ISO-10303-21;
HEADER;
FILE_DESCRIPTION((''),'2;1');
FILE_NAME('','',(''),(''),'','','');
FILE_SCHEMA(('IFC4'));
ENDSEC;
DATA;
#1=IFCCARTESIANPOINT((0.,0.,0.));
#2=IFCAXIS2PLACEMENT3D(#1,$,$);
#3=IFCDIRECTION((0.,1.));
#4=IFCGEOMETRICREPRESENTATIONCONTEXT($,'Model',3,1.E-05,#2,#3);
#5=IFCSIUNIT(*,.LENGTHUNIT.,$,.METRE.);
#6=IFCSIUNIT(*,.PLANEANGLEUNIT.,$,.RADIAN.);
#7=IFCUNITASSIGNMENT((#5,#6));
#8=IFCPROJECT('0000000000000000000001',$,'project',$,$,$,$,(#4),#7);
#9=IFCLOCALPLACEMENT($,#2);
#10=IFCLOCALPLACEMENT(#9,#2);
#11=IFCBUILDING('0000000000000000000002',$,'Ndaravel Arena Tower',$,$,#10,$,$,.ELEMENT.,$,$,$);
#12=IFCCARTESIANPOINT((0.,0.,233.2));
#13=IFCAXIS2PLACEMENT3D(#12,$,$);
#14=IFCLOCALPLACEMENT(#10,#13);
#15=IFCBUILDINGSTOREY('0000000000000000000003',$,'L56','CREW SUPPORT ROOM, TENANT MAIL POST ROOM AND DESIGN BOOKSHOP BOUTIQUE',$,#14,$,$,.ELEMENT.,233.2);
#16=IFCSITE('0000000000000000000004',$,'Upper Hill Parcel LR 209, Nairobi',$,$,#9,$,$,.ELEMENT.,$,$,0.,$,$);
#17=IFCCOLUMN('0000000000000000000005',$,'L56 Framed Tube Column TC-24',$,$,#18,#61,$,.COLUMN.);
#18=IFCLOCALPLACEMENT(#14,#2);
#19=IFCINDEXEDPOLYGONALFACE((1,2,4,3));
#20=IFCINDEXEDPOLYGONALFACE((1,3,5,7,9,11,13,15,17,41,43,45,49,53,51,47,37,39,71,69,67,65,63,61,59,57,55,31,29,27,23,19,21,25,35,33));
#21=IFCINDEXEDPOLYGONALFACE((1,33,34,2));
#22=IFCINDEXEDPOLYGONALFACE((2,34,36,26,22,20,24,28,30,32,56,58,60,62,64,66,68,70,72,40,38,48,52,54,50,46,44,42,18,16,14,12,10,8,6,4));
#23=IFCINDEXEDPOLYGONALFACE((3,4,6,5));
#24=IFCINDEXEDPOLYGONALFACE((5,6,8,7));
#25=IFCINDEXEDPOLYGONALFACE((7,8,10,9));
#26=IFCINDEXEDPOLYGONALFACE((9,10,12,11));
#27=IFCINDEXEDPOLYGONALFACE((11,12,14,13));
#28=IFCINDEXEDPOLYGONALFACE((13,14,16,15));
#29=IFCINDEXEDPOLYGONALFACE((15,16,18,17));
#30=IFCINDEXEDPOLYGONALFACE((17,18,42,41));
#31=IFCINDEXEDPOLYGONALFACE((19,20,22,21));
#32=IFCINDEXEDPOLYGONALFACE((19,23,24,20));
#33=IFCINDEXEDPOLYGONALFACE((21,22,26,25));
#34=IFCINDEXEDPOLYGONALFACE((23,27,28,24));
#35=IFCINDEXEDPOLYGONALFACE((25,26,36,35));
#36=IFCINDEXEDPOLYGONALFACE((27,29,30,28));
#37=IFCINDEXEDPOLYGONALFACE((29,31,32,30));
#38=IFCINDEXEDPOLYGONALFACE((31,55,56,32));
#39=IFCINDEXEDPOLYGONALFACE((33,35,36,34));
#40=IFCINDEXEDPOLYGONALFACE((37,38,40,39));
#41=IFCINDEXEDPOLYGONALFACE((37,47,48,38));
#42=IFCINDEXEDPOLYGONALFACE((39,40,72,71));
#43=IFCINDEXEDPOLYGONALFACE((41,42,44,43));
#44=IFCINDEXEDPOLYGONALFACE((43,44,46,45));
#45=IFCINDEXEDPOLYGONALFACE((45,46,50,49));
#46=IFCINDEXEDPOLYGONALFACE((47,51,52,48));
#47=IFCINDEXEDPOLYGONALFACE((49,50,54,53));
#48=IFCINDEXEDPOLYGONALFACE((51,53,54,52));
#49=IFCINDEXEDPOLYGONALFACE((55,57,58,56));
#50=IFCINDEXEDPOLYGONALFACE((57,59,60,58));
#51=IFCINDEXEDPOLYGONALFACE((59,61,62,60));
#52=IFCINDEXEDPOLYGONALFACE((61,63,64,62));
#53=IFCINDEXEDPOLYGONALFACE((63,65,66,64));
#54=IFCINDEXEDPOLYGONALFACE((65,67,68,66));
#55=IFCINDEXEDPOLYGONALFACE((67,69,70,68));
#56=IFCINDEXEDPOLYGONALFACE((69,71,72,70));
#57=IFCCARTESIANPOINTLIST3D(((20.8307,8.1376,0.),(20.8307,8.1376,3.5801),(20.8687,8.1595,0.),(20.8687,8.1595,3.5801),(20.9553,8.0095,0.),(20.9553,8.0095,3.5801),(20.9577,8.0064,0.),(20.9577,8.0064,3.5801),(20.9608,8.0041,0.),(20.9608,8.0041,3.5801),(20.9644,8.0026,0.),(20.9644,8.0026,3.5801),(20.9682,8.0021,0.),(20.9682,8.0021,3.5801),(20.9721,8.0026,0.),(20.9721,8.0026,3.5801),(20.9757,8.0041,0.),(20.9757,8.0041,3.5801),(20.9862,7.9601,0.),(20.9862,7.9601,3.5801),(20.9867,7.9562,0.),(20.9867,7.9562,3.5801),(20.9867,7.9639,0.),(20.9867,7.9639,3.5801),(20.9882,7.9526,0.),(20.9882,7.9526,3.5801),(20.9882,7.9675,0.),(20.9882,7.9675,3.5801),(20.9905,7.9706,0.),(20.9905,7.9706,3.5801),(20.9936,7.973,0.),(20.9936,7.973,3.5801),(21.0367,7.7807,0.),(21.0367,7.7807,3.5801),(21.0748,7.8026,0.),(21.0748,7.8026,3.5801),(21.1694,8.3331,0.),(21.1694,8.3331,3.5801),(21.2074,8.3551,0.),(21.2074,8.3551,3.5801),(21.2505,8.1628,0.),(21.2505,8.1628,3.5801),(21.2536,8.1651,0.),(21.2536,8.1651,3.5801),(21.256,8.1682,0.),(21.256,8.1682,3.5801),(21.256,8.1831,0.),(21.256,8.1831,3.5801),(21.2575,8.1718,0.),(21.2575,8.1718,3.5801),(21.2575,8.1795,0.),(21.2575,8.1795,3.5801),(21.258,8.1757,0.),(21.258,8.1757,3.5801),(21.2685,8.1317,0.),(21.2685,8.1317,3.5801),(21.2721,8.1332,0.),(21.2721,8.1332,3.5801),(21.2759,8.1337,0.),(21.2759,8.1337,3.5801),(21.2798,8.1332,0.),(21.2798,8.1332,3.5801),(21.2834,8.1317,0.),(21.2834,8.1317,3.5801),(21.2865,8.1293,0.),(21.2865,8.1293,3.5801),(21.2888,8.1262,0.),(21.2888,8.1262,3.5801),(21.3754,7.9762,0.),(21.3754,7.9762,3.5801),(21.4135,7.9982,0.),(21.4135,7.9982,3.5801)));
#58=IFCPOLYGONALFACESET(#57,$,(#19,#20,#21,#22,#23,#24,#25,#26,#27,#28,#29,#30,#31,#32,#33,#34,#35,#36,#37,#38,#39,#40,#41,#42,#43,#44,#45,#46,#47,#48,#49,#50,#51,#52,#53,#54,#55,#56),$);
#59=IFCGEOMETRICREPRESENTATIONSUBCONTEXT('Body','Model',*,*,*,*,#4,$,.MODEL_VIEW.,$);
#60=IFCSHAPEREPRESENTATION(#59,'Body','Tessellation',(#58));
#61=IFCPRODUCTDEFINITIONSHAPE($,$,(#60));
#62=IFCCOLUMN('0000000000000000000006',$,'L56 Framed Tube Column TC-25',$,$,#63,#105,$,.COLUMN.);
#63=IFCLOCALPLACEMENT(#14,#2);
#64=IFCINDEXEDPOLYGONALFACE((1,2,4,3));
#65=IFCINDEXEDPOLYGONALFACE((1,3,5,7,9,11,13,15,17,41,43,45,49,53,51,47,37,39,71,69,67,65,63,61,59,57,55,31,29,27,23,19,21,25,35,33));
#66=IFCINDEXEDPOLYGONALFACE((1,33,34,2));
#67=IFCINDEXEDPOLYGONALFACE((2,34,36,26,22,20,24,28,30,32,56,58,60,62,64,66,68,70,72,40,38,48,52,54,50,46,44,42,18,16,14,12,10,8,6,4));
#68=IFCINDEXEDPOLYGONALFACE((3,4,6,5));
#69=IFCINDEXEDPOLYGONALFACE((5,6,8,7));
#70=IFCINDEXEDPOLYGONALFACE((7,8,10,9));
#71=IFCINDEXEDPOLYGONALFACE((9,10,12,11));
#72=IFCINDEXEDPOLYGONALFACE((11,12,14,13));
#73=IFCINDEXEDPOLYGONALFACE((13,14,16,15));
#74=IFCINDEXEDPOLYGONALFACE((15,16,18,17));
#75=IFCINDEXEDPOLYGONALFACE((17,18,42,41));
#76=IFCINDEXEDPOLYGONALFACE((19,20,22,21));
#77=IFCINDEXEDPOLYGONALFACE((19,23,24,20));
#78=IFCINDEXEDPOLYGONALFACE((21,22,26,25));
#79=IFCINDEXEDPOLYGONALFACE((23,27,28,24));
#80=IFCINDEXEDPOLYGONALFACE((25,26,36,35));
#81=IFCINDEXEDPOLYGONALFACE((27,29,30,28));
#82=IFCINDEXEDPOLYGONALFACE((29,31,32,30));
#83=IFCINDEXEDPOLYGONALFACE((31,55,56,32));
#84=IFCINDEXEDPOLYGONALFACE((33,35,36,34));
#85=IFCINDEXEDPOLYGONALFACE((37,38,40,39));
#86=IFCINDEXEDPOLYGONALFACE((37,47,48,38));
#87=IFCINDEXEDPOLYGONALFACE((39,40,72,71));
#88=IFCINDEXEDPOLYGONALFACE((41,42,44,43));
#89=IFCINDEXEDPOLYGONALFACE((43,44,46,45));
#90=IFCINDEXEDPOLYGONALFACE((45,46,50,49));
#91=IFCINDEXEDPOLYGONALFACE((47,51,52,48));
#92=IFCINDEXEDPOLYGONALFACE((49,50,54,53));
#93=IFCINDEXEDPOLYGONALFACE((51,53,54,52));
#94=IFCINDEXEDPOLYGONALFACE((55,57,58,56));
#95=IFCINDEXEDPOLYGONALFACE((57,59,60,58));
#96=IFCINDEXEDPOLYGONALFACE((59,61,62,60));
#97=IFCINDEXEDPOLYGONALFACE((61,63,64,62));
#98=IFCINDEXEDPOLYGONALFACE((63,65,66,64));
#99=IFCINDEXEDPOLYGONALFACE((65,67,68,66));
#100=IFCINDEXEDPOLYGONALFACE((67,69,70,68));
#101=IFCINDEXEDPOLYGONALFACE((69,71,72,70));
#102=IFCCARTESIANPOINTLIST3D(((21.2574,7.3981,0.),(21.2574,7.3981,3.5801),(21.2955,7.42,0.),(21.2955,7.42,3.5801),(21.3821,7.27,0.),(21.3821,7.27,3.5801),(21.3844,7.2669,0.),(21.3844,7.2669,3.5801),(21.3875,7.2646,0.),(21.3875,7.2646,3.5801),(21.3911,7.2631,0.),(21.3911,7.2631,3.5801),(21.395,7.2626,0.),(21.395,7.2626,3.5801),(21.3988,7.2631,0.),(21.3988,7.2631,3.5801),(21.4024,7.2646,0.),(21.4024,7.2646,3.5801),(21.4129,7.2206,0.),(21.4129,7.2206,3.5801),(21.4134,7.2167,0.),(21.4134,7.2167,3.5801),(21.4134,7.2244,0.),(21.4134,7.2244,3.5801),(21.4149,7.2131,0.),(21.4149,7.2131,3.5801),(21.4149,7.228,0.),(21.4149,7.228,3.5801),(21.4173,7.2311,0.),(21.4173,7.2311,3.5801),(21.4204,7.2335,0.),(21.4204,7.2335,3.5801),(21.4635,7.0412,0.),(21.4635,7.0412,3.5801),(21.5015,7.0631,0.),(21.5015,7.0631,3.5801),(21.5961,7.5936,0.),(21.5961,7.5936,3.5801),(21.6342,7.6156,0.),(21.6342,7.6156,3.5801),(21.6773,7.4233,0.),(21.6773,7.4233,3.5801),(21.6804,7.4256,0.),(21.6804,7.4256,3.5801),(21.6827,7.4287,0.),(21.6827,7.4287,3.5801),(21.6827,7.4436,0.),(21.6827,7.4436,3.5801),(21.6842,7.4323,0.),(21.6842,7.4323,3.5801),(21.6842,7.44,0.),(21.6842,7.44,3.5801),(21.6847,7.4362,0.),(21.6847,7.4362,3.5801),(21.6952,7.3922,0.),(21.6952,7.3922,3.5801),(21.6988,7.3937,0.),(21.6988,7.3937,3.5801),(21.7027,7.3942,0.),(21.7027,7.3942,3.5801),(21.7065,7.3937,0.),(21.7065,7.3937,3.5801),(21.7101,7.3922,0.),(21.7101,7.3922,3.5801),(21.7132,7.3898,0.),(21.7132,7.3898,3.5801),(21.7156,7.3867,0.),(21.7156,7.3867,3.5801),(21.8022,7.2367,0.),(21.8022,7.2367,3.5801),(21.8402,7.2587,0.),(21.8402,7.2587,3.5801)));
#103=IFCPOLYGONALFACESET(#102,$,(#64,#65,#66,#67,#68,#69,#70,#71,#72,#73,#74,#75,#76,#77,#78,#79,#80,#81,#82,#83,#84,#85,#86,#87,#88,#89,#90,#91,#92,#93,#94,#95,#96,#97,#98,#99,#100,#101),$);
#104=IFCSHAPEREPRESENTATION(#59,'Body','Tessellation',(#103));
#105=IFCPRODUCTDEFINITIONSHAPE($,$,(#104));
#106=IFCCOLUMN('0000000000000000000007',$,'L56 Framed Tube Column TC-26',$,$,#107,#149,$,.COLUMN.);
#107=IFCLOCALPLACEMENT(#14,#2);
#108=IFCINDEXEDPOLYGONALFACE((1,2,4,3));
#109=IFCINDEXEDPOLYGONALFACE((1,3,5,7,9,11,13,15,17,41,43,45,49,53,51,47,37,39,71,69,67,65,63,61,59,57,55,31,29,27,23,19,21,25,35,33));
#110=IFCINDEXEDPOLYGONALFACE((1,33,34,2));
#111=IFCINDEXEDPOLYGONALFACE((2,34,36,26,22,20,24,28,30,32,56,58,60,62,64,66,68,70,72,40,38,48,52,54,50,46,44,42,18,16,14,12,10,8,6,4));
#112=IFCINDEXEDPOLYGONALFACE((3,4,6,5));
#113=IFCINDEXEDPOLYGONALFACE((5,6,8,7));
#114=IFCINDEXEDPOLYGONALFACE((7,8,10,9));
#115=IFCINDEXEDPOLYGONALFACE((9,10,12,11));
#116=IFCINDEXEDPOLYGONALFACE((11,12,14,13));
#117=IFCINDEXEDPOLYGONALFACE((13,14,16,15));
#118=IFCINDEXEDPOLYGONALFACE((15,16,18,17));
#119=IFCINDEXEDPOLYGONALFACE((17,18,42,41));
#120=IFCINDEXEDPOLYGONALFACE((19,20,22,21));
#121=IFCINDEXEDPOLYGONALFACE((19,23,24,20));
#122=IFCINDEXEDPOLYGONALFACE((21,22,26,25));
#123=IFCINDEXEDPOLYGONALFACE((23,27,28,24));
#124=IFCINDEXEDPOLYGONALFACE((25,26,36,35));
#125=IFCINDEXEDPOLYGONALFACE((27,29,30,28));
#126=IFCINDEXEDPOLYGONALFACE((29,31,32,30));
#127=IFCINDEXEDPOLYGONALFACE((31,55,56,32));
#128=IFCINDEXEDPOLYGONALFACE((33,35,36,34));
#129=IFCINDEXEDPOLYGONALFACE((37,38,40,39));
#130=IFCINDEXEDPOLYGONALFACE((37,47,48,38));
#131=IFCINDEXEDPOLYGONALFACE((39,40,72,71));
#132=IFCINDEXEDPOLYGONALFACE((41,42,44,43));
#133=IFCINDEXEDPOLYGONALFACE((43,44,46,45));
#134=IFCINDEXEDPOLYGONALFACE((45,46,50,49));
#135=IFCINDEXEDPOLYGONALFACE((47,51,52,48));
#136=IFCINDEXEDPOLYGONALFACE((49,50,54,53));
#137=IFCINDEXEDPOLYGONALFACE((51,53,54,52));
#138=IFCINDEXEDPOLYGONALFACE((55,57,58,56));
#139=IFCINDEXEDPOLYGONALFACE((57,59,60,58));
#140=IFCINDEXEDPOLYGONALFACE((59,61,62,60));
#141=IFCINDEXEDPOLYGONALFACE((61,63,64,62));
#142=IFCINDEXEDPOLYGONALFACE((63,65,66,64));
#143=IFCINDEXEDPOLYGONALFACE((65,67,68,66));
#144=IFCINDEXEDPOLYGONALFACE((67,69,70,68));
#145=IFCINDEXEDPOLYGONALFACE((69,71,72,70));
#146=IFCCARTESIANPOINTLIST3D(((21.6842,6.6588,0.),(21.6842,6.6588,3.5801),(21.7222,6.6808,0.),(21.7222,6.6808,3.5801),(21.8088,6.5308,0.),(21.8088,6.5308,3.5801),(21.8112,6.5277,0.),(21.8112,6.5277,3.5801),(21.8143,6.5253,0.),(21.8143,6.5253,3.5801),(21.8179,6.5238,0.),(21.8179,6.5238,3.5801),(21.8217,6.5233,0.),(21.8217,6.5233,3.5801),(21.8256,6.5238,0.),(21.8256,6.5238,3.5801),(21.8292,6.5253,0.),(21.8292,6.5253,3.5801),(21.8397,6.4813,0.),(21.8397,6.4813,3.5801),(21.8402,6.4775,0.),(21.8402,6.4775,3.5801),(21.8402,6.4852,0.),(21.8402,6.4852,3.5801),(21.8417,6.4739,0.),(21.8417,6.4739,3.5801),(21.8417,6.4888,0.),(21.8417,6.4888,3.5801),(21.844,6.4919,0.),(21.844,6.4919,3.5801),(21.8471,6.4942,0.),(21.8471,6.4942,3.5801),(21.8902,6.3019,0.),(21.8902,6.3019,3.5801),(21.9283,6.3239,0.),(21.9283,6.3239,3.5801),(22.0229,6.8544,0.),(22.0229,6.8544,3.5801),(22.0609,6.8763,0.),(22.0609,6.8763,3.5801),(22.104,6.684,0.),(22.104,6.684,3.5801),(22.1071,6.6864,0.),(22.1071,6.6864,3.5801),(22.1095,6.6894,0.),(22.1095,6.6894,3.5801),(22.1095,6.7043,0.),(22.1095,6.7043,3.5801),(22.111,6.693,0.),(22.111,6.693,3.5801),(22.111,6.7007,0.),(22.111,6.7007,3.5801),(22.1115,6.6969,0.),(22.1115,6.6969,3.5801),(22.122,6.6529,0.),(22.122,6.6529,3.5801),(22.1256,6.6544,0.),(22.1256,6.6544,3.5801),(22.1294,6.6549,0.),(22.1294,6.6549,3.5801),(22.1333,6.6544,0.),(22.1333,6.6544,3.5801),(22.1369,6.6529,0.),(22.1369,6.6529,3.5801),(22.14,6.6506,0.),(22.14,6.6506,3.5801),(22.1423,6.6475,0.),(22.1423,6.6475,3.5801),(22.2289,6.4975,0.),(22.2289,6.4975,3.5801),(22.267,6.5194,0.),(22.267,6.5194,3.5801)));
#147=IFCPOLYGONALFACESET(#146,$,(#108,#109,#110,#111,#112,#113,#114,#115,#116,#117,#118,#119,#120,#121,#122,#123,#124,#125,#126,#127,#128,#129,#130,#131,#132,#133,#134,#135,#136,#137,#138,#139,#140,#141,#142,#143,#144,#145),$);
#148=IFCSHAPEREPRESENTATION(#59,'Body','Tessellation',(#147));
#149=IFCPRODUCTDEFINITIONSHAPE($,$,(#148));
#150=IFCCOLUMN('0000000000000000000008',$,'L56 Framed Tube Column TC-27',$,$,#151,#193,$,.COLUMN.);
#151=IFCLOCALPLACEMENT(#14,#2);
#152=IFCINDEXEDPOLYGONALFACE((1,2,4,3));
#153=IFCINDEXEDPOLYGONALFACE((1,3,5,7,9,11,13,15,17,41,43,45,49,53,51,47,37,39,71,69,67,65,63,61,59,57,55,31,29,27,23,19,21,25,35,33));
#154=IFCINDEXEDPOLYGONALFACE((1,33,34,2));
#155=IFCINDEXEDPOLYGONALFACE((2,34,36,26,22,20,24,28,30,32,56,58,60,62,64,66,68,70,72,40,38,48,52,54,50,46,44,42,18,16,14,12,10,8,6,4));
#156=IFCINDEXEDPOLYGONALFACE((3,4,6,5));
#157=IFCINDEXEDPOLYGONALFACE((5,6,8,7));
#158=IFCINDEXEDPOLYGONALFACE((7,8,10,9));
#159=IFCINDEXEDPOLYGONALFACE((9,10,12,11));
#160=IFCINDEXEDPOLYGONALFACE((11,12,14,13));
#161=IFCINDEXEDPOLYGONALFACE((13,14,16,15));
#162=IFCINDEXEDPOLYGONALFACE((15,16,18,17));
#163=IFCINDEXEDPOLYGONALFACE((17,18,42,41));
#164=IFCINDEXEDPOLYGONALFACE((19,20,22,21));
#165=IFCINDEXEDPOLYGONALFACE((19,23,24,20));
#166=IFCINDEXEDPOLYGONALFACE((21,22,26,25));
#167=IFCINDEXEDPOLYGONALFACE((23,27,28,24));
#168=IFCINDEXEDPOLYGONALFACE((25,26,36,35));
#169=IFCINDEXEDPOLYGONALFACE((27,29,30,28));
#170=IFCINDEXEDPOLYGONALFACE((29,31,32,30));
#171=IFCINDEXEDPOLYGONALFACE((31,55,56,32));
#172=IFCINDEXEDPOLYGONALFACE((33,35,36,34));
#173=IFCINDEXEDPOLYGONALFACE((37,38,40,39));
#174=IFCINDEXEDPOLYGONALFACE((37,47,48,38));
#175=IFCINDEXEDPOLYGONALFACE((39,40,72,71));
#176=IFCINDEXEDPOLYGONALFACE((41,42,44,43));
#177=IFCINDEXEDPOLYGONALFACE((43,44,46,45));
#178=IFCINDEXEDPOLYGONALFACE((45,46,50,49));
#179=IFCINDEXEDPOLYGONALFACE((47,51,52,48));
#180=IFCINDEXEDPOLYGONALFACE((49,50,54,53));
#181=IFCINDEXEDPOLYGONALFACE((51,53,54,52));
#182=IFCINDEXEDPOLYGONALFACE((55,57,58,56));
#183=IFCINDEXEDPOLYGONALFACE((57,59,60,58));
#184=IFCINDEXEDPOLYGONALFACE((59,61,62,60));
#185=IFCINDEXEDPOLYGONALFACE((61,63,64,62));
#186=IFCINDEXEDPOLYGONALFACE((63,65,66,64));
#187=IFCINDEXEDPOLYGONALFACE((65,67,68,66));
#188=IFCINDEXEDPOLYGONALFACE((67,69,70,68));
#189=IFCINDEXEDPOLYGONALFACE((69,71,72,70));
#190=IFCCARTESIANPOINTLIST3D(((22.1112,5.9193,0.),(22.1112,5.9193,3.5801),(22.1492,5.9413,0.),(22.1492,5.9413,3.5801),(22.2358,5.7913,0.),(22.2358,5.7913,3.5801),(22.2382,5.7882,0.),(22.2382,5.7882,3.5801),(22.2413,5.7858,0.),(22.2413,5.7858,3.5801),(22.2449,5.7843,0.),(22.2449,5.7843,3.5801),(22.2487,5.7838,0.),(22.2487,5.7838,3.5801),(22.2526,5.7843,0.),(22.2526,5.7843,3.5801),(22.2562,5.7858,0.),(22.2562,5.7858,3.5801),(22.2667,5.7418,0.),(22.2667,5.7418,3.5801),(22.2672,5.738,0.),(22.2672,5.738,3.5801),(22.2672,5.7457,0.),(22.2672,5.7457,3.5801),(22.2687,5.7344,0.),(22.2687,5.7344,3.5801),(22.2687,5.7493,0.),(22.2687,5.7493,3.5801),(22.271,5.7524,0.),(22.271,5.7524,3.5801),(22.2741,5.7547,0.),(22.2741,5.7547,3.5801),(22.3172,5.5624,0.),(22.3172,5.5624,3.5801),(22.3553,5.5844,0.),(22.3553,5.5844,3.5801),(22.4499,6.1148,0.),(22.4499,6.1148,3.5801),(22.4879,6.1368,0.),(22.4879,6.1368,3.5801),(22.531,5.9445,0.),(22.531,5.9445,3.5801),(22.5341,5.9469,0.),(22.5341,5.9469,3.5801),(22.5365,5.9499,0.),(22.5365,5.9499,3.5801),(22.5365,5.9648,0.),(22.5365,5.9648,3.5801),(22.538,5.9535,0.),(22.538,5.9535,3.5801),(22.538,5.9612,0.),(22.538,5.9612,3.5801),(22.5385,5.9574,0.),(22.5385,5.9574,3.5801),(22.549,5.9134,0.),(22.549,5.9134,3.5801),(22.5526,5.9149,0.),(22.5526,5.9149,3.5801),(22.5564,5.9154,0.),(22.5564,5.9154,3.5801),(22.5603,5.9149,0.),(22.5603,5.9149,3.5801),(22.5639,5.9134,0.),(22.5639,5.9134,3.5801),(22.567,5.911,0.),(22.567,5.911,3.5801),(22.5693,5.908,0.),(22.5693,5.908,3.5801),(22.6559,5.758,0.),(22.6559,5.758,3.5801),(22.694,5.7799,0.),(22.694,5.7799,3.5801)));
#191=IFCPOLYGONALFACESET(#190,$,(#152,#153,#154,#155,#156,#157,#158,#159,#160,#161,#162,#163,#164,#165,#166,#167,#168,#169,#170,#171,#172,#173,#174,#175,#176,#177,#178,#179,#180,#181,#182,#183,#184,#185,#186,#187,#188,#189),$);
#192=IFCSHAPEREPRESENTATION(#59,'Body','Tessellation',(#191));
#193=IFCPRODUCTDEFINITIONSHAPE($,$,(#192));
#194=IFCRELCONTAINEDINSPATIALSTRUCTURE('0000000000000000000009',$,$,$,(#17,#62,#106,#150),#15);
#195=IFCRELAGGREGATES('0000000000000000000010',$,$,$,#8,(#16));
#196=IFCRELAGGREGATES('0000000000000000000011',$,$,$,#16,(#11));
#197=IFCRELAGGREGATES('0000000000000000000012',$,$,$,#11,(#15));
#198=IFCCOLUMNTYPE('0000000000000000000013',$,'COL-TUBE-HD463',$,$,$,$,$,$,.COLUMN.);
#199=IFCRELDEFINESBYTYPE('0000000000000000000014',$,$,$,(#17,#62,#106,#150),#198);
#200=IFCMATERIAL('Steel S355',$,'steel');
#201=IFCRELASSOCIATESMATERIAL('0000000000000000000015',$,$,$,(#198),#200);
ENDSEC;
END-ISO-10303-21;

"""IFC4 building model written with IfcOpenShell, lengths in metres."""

from ifc_helpers import new_model, si_unit, direction, frame, origin, origin_2d, place, context, subcontext, project, spatial, i_section, extrude, material, material_profile, profile_set, type_object, element, save


model = new_model("IFC4")

# Units and contexts
model_context = context("Model", 3, precision=1e-05, world=origin(), true_north=direction((0.0, 1.0)))
body_context = subcontext(model_context, "Body", "Model", "MODEL_VIEW")
ifc_project = project(units=[si_unit("LENGTHUNIT", "METRE"), si_unit("PLANEANGLEUNIT", "RADIAN")], contexts=[model_context])

# Site, building, storey
site_placement = place(None, origin())
site = spatial("IfcSite", under=ifc_project, at=site_placement, Name="Upper Hill Parcel LR 209, Nairobi", CompositionType="ELEMENT", RefElevation=0.0)
building_placement = place(site_placement, origin())
building = spatial("IfcBuilding", under=site, at=building_placement, Name="Ndaravel Arena Tower", CompositionType="ELEMENT")
storey_placement = place(building_placement, frame((0.0, 0.0, 233.2)))
storey = spatial("IfcBuildingStorey", under=building, at=storey_placement, Name="L56", Description="CREW SUPPORT ROOM, TENANT MAIL POST ROOM AND DESIGN BOOKSHOP BOUTIQUE", CompositionType="ELEMENT", Elevation=233.2)

# Columns
ifc_material_1 = material(Name="Steel S355", Category="steel")
ifc_material_profile_1 = material_profile(ifc_material_1, i_section(OverallWidth=0.4121, OverallDepth=0.4351, WebThickness=0.0359, FlangeThickness=0.0439, FilletRadius=0.0149, at=origin_2d()), Name="HD 400x463")
ifc_profile_set_1 = profile_set([ifc_material_profile_1], Name="Steel S355")
column_type = type_object("IfcColumnType", Name="COL-TUBE-HD463", PredefinedType="COLUMN", material=ifc_profile_set_1)
for number, where, z_axis, x_axis, name in (
    (1, (21.1221, 8.0679, 0.0), (0.0, 0.0, 1.0), (-0.5, 0.866025, 0.0), "L56 Framed Tube Column TC-24"),
    (2, (21.5488, 7.3284, 0.0), (0.0, 0.0, 1.0), (-0.5, 0.866025, 0.0), "L56 Framed Tube Column TC-25"),
    (3, (21.9756, 6.5891, 0.0), (0.0, 0.0, 1.0), (-0.5, 0.866025, 0.0), "L56 Framed Tube Column TC-26"),
    (4, (22.4026, 5.8496, 0.0), (0.0, 0.0, 1.0), (-0.5, 0.866025, 0.0), "L56 Framed Tube Column TC-27"),
):
    element("IfcColumn", number, at=place(storey_placement, frame(where, z_axis=z_axis, x_axis=x_axis)), inside=storey, type_object=column_type, Name=name, PredefinedType="COLUMN", context=body_context, shape_type="SweptSolid", body=[
        extrude(i_section(OverallWidth=0.4121, OverallDepth=0.4351, WebThickness=0.0359, FlangeThickness=0.0439, FilletRadius=0.0149, at=origin_2d()), origin(), (0.0, 0.0, 1.0), 3.5801),
    ])

save(model, "model.ifc")
